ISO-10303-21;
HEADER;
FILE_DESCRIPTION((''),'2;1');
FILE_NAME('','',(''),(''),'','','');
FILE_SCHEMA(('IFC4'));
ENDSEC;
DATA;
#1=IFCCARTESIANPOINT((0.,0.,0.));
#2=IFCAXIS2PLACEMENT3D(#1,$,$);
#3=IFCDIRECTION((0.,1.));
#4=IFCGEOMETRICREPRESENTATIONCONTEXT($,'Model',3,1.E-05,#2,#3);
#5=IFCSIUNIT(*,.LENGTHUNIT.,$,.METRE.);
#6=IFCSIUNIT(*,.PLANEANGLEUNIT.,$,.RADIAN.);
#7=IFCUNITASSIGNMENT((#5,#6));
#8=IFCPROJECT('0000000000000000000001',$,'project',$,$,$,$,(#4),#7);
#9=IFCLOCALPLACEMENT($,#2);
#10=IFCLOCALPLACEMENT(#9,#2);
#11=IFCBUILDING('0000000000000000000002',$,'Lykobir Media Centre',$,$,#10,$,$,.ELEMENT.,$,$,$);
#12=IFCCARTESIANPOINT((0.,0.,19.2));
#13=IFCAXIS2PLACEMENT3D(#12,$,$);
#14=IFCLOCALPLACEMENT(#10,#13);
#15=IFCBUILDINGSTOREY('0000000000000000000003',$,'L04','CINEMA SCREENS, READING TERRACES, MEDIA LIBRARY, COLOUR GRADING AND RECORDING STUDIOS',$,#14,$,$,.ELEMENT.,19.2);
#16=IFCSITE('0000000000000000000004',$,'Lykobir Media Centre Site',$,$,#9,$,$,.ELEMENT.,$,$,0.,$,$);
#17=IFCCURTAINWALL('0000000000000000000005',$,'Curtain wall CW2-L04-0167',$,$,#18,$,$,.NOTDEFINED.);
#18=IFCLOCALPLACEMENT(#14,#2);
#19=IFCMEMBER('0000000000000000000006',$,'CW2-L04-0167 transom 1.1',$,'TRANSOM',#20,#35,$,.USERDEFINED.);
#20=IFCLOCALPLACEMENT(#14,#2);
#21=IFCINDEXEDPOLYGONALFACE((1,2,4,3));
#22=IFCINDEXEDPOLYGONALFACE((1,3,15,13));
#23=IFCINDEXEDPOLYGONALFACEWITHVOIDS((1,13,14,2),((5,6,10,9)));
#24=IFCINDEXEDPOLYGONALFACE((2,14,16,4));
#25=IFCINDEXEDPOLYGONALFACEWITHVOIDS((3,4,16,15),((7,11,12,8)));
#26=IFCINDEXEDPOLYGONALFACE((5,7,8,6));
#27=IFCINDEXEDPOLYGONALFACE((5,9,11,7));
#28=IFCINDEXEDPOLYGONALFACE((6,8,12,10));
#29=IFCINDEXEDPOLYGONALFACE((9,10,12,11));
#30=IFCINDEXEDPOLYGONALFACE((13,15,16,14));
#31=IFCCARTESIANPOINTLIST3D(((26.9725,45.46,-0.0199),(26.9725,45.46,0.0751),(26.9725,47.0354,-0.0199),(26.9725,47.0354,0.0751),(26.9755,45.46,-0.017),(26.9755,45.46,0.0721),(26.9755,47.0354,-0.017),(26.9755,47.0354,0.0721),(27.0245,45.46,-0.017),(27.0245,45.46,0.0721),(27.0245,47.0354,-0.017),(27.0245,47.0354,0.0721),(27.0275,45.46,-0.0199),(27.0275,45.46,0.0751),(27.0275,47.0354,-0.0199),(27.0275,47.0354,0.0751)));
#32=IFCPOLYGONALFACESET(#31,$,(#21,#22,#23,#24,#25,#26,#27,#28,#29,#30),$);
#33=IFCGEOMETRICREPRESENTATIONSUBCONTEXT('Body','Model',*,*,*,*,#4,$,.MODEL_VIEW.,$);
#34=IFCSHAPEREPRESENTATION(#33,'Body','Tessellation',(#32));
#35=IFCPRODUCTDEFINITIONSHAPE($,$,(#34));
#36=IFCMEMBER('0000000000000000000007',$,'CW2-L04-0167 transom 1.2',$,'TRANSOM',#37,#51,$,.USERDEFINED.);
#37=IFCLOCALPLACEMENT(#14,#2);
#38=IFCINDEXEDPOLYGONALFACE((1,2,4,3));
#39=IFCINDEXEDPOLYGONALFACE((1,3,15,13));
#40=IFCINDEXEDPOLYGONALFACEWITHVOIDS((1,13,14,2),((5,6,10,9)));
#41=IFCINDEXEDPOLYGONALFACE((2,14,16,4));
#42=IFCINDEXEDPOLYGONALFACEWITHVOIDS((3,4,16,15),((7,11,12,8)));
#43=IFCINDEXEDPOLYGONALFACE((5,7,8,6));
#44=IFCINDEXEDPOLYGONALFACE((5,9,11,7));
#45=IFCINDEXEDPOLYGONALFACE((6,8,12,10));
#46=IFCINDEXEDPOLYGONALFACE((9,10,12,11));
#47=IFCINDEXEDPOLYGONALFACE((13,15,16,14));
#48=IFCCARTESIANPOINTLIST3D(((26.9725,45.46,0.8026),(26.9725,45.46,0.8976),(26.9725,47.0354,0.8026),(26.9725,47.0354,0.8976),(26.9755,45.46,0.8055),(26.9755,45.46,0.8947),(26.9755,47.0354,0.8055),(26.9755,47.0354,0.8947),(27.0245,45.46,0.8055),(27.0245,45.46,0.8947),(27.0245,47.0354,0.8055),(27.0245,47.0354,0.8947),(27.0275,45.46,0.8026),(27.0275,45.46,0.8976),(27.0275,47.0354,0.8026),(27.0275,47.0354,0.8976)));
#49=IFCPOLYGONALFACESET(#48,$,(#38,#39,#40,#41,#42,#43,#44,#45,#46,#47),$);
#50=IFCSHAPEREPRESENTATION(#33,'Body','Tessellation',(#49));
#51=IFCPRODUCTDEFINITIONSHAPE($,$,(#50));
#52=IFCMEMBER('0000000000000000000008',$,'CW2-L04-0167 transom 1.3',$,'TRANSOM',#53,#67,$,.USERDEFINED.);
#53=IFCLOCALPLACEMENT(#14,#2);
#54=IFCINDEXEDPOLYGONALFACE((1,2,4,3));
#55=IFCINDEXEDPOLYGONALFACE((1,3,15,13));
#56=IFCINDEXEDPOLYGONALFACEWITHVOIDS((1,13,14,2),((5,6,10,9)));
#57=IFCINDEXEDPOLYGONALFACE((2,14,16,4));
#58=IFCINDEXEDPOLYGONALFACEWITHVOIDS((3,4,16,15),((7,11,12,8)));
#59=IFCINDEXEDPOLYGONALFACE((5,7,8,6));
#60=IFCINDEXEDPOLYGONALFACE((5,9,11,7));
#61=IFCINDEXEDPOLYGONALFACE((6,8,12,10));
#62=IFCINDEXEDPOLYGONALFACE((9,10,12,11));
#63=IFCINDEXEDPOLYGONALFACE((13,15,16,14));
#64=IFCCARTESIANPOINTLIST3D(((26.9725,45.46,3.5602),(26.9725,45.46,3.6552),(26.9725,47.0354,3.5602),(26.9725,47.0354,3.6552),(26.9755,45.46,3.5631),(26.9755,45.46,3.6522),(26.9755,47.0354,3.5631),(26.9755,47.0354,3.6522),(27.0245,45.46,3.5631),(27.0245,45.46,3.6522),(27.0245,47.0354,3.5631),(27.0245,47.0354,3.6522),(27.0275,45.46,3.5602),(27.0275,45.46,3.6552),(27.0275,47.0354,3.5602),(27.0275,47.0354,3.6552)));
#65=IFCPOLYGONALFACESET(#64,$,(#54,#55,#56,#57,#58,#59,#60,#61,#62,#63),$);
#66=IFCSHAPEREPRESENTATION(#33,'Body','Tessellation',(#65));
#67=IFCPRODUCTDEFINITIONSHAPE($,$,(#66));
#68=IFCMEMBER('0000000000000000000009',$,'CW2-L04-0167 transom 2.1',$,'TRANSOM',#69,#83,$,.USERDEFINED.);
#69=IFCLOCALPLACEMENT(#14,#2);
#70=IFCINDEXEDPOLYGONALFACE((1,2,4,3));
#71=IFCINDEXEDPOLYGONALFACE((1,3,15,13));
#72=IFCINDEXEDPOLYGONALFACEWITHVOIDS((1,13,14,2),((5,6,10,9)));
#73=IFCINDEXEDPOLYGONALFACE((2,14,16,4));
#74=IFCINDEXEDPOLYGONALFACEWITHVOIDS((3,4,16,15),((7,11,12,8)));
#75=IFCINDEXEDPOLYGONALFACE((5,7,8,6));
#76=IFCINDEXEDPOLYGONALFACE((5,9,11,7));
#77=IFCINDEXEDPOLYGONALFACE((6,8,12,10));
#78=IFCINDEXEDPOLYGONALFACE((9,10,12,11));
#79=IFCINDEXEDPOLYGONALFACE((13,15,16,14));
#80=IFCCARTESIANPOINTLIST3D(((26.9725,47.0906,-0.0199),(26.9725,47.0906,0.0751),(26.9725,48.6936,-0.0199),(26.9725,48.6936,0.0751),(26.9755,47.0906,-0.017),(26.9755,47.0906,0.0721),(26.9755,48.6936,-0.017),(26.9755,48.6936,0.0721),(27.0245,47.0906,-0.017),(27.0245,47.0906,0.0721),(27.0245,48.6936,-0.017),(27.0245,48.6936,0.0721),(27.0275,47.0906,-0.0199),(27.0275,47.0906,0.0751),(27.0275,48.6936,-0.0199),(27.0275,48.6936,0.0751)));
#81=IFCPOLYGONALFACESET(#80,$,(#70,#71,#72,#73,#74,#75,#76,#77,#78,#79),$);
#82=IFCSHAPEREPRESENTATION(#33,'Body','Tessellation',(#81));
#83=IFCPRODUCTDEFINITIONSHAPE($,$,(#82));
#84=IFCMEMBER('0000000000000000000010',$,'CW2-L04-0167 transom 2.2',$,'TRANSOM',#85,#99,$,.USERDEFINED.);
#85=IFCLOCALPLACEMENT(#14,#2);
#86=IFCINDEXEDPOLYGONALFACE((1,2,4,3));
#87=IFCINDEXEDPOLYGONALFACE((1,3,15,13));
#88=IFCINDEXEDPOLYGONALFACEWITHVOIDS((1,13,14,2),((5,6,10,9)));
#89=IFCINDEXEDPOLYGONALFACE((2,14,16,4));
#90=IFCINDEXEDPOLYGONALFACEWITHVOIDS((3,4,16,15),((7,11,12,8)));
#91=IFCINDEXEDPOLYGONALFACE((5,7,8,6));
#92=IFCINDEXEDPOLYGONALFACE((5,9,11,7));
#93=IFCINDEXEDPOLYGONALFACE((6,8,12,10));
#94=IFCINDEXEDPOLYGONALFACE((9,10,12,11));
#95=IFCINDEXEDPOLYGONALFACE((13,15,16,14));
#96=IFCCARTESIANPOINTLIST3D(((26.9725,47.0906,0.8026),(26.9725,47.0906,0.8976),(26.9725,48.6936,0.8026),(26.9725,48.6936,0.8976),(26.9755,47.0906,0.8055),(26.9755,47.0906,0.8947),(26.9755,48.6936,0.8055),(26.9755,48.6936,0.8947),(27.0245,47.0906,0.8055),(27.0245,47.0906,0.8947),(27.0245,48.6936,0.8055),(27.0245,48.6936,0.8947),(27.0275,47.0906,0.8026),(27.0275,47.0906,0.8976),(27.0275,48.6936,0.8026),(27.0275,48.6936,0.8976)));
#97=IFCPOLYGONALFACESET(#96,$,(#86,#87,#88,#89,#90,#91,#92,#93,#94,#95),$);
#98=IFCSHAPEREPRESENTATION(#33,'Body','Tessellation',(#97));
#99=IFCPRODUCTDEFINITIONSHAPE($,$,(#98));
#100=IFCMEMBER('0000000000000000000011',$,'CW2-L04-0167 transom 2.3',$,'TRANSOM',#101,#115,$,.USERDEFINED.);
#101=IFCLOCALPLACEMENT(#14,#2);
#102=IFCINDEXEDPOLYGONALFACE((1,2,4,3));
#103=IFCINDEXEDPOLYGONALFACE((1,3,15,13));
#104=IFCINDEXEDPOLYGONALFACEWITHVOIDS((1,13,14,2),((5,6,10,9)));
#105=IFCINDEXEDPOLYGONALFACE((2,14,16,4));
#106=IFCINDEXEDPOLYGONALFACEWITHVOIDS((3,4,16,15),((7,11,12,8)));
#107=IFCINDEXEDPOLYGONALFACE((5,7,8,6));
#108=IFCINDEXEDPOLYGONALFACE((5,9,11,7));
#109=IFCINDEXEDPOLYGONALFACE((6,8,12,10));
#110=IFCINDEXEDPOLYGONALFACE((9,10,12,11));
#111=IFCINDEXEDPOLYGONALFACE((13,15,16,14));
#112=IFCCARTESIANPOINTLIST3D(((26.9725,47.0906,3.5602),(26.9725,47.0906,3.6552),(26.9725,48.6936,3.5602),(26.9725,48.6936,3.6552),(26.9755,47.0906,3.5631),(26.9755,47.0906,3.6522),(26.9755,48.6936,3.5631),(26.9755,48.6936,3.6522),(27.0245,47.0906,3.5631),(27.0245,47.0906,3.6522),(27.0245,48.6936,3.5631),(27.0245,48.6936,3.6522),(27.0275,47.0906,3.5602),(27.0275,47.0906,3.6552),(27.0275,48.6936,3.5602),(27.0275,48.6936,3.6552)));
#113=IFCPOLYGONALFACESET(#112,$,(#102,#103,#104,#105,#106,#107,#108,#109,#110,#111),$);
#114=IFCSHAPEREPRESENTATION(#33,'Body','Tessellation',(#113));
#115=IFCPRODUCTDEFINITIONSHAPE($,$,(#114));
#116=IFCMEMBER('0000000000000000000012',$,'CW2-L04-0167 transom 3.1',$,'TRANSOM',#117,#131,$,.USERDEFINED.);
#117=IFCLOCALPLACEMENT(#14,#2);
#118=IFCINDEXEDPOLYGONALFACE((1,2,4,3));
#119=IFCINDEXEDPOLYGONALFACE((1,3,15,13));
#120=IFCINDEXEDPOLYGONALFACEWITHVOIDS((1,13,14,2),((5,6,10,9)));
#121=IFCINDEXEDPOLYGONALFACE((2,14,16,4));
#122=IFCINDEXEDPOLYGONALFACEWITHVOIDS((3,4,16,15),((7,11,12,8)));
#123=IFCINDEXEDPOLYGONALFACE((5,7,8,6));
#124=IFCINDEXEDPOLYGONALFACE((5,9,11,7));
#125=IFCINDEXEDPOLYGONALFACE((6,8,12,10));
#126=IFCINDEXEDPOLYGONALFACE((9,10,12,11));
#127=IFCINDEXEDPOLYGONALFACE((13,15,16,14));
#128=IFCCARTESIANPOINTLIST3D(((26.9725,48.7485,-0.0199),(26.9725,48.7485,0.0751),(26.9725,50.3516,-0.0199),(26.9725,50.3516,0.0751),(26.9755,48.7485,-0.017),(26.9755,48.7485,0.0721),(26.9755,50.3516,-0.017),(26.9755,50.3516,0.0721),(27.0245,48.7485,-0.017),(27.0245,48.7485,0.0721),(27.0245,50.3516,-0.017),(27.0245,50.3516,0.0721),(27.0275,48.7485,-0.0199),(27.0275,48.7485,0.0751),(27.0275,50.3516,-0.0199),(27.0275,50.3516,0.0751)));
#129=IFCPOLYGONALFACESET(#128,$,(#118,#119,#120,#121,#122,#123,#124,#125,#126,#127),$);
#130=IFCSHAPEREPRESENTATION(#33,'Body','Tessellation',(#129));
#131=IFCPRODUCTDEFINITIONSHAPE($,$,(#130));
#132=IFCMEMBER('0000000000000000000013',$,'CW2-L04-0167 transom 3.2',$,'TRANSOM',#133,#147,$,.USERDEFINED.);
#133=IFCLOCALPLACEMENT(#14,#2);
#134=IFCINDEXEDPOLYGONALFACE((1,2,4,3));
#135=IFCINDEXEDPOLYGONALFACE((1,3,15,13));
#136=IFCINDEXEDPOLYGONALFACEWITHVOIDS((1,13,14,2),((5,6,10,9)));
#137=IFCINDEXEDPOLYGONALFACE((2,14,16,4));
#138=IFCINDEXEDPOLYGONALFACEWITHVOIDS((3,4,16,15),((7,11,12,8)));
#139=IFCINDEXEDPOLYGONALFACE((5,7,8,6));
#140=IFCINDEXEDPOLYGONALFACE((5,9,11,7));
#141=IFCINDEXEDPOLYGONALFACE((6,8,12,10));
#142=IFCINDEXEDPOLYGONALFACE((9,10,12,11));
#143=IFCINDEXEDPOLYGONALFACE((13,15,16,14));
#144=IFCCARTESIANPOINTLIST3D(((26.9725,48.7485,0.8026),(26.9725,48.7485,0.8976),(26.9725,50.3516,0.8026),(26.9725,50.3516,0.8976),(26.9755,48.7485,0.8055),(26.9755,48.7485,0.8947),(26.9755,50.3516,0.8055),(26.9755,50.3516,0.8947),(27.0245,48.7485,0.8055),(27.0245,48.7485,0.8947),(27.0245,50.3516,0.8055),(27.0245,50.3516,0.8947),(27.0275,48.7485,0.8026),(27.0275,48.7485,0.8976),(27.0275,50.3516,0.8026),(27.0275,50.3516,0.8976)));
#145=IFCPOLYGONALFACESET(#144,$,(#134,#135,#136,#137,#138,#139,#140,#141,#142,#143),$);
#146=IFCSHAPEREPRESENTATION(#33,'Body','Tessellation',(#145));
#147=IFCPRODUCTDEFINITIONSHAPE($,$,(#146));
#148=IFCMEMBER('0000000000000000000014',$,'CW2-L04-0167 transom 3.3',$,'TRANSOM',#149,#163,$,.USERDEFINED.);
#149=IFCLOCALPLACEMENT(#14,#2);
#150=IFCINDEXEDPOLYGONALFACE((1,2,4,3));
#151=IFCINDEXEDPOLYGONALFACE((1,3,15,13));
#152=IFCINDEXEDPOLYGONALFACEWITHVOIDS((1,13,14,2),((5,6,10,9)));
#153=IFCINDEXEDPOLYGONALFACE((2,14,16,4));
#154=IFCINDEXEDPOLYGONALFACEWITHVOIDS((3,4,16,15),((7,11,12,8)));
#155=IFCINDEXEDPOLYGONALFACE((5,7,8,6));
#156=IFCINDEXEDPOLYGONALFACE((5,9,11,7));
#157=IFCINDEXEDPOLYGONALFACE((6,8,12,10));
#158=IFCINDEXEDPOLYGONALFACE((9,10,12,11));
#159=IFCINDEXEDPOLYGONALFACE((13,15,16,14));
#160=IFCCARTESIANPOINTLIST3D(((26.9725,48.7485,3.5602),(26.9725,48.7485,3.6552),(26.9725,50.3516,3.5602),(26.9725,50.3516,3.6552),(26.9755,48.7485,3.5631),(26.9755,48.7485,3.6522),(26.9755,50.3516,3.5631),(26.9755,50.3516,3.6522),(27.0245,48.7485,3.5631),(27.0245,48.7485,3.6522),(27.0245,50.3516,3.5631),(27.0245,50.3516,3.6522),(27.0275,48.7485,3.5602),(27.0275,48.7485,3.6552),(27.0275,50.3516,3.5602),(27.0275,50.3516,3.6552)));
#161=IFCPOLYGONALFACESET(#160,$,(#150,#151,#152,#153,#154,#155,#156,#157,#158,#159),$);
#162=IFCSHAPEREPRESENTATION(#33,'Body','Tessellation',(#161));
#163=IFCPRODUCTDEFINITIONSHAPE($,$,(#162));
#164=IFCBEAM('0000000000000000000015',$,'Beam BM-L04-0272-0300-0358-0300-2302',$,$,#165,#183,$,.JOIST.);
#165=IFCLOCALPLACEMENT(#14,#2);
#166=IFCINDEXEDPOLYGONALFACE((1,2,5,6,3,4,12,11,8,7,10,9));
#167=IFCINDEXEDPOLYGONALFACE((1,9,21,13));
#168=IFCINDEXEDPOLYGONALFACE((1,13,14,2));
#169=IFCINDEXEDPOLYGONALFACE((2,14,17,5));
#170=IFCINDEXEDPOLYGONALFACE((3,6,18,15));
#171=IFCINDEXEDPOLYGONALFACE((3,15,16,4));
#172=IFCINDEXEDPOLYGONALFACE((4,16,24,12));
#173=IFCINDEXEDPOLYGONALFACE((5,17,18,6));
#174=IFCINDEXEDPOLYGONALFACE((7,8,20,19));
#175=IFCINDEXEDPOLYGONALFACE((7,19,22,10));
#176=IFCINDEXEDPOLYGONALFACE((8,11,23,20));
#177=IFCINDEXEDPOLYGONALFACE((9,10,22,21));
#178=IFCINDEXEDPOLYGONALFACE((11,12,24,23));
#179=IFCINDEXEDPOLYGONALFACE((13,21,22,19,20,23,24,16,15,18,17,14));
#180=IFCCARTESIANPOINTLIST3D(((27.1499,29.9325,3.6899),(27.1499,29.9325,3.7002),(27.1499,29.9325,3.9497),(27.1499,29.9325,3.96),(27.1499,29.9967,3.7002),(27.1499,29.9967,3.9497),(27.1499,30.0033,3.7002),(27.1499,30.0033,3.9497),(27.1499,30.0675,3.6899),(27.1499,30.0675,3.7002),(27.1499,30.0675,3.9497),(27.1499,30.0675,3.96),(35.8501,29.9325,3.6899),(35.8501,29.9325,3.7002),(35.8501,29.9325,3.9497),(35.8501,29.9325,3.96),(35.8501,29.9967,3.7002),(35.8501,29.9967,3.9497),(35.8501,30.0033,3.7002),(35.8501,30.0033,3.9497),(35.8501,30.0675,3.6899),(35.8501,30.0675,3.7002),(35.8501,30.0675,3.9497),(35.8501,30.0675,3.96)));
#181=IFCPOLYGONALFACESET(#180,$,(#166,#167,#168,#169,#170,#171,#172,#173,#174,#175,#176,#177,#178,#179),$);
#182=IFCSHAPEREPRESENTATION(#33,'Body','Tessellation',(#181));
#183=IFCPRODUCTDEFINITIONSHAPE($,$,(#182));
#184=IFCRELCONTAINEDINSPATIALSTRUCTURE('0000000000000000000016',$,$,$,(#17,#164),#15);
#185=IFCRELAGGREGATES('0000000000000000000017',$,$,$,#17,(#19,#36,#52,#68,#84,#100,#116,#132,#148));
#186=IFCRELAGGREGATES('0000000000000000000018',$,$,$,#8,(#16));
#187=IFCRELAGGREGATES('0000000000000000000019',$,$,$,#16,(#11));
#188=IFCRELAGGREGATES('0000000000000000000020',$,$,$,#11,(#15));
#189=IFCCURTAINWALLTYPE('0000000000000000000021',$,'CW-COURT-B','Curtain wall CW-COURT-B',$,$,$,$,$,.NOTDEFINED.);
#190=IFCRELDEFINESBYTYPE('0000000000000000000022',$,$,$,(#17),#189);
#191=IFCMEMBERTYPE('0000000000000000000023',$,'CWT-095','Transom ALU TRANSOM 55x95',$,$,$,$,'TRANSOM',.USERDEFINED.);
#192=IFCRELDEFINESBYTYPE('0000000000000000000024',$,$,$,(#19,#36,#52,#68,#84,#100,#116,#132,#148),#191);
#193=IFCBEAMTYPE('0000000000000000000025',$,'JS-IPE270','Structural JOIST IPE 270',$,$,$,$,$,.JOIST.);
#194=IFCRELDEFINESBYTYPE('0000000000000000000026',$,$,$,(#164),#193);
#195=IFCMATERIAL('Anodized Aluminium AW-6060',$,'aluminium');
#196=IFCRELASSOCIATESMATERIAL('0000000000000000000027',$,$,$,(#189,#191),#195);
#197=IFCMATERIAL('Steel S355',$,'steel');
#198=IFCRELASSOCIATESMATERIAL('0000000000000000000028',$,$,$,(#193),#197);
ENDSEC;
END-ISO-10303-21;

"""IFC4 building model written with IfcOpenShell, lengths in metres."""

from ifc_helpers import new_model, si_unit, direction, frame, origin, origin_2d, place, context, subcontext, project, spatial, hollow_rectangle, i_section, extrude, material, material_profile, profile_set, type_object, element, aggregate, save


model = new_model("IFC4")

# Units and contexts
model_context = context("Model", 3, precision=1e-05, world=origin(), true_north=direction((0.0, 1.0)))
body_context = subcontext(model_context, "Body", "Model", "MODEL_VIEW")
ifc_project = project(units=[si_unit("LENGTHUNIT", "METRE"), si_unit("PLANEANGLEUNIT", "RADIAN")], contexts=[model_context])

# Site, building, storey
site_placement = place(None, origin())
site = spatial("IfcSite", under=ifc_project, at=site_placement, Name="Lykobir Media Centre Site", CompositionType="ELEMENT", RefElevation=0.0)
building_placement = place(site_placement, origin())
building = spatial("IfcBuilding", under=site, at=building_placement, Name="Lykobir Media Centre", CompositionType="ELEMENT")
storey_placement = place(building_placement, frame((0.0, 0.0, 19.2)))
storey = spatial("IfcBuildingStorey", under=building, at=storey_placement, Name="L04", Description="CINEMA SCREENS, READING TERRACES, MEDIA LIBRARY, COLOUR GRADING AND RECORDING STUDIOS", CompositionType="ELEMENT", Elevation=19.2)

# Shared definitions
ifc_material_1 = material(Name="Steel S355", Category="steel")

# Shared definitions
ifc_material_2 = material(Name="Anodized Aluminium AW-6060", Category="aluminium")
curtain_wall_type = type_object("IfcCurtainWallType", Name="CW-COURT-B", Description="Curtain wall CW-COURT-B", PredefinedType="NOTDEFINED", material=ifc_material_2)

# Curtain wall, members
curtain_wall_1_placement = place(storey_placement, origin())
curtain_wall_1 = element("IfcCurtainWall", 1, at=curtain_wall_1_placement, inside=storey, type_object=curtain_wall_type, Name="Curtain wall CW2-L04-0167", PredefinedType="NOTDEFINED")
ifc_material_profile_1 = material_profile(ifc_material_2, hollow_rectangle(XDim=0.0549, YDim=0.095, WallThickness=0.0029, at=origin_2d()), Name="ALU TRANSOM 55x95")
ifc_profile_set_1 = profile_set([ifc_material_profile_1], Name="Anodized Aluminium AW-6060")
member_type_1 = type_object("IfcMemberType", Name="CWT-095", Description="Transom ALU TRANSOM 55x95", ElementType="TRANSOM", PredefinedType="USERDEFINED", material=ifc_profile_set_1)
member_1_placement = place(storey_placement, frame((27.0, 45.46, 0.0276), z_axis=(0.0, 1.0, 0.0), x_axis=(-1.0, 0.0, 0.0)))
member_1 = element("IfcMember", 2, at=member_1_placement, type_object=member_type_1, Name="CW2-L04-0167 transom 1.1", ObjectType="TRANSOM", PredefinedType="USERDEFINED", context=body_context, shape_type="SweptSolid", body=[
    extrude(hollow_rectangle(XDim=0.0549, YDim=0.095, WallThickness=0.0029, at=origin_2d()), origin(), (0.0, 0.0, 1.0), 1.5754),
])
member_2_placement = place(storey_placement, frame((27.0, 45.46, 0.8501), z_axis=(0.0, 1.0, 0.0), x_axis=(-1.0, 0.0, 0.0)))
member_2 = element("IfcMember", 3, at=member_2_placement, type_object=member_type_1, Name="CW2-L04-0167 transom 1.2", ObjectType="TRANSOM", PredefinedType="USERDEFINED", context=body_context, shape_type="SweptSolid", body=[
    extrude(hollow_rectangle(XDim=0.0549, YDim=0.095, WallThickness=0.0029, at=origin_2d()), origin(), (0.0, 0.0, 1.0), 1.5754),
])
member_3_placement = place(storey_placement, frame((27.0, 45.46, 3.6077), z_axis=(0.0, 1.0, 0.0), x_axis=(-1.0, 0.0, 0.0)))
member_3 = element("IfcMember", 4, at=member_3_placement, type_object=member_type_1, Name="CW2-L04-0167 transom 1.3", ObjectType="TRANSOM", PredefinedType="USERDEFINED", context=body_context, shape_type="SweptSolid", body=[
    extrude(hollow_rectangle(XDim=0.0549, YDim=0.095, WallThickness=0.0029, at=origin_2d()), origin(), (0.0, 0.0, 1.0), 1.5754),
])
member_4_placement = place(storey_placement, frame((27.0, 47.0906, 0.0276), z_axis=(0.0, 1.0, 0.0), x_axis=(-1.0, 0.0, 0.0)))
member_4 = element("IfcMember", 5, at=member_4_placement, type_object=member_type_1, Name="CW2-L04-0167 transom 2.1", ObjectType="TRANSOM", PredefinedType="USERDEFINED", context=body_context, shape_type="SweptSolid", body=[
    extrude(hollow_rectangle(XDim=0.0549, YDim=0.095, WallThickness=0.0029, at=origin_2d()), origin(), (0.0, 0.0, 1.0), 1.603),
])
member_5_placement = place(storey_placement, frame((27.0, 47.0906, 0.8501), z_axis=(0.0, 1.0, 0.0), x_axis=(-1.0, 0.0, 0.0)))
member_5 = element("IfcMember", 6, at=member_5_placement, type_object=member_type_1, Name="CW2-L04-0167 transom 2.2", ObjectType="TRANSOM", PredefinedType="USERDEFINED", context=body_context, shape_type="SweptSolid", body=[
    extrude(hollow_rectangle(XDim=0.0549, YDim=0.095, WallThickness=0.0029, at=origin_2d()), origin(), (0.0, 0.0, 1.0), 1.603),
])
member_6_placement = place(storey_placement, frame((27.0, 47.0906, 3.6077), z_axis=(0.0, 1.0, 0.0), x_axis=(-1.0, 0.0, 0.0)))
member_6 = element("IfcMember", 7, at=member_6_placement, type_object=member_type_1, Name="CW2-L04-0167 transom 2.3", ObjectType="TRANSOM", PredefinedType="USERDEFINED", context=body_context, shape_type="SweptSolid", body=[
    extrude(hollow_rectangle(XDim=0.0549, YDim=0.095, WallThickness=0.0029, at=origin_2d()), origin(), (0.0, 0.0, 1.0), 1.603),
])
member_7_placement = place(storey_placement, frame((27.0, 48.7485, 0.0276), z_axis=(0.0, 1.0, 0.0), x_axis=(-1.0, 0.0, 0.0)))
member_7 = element("IfcMember", 8, at=member_7_placement, type_object=member_type_1, Name="CW2-L04-0167 transom 3.1", ObjectType="TRANSOM", PredefinedType="USERDEFINED", context=body_context, shape_type="SweptSolid", body=[
    extrude(hollow_rectangle(XDim=0.0549, YDim=0.095, WallThickness=0.0029, at=origin_2d()), origin(), (0.0, 0.0, 1.0), 1.603),
])
member_8_placement = place(storey_placement, frame((27.0, 48.7485, 0.8501), z_axis=(0.0, 1.0, 0.0), x_axis=(-1.0, 0.0, 0.0)))
member_8 = element("IfcMember", 9, at=member_8_placement, type_object=member_type_1, Name="CW2-L04-0167 transom 3.2", ObjectType="TRANSOM", PredefinedType="USERDEFINED", context=body_context, shape_type="SweptSolid", body=[
    extrude(hollow_rectangle(XDim=0.0549, YDim=0.095, WallThickness=0.0029, at=origin_2d()), origin(), (0.0, 0.0, 1.0), 1.603),
])
member_9_placement = place(storey_placement, frame((27.0, 48.7485, 3.6077), z_axis=(0.0, 1.0, 0.0), x_axis=(-1.0, 0.0, 0.0)))
member_9 = element("IfcMember", 10, at=member_9_placement, type_object=member_type_1, Name="CW2-L04-0167 transom 3.3", ObjectType="TRANSOM", PredefinedType="USERDEFINED", context=body_context, shape_type="SweptSolid", body=[
    extrude(hollow_rectangle(XDim=0.0549, YDim=0.095, WallThickness=0.0029, at=origin_2d()), origin(), (0.0, 0.0, 1.0), 1.603),
])

# Beam
ifc_material_profile_2 = material_profile(ifc_material_1, i_section(OverallWidth=0.135, OverallDepth=0.27, WebThickness=0.0066, FlangeThickness=0.0103, at=origin_2d()), Name="IPE 270")
ifc_profile_set_2 = profile_set([ifc_material_profile_2], Name="Steel S355")
beam_type_1 = type_object("IfcBeamType", Name="JS-IPE270", Description="Structural JOIST IPE 270", PredefinedType="JOIST", material=ifc_profile_set_2)
for number, where, z_axis, x_axis, name in (
    (11, (27.1499, 30.0, 3.825), (1.0, 0.0, 0.0), (0.0, 1.0, 0.0), "Beam BM-L04-0272-0300-0358-0300-2302"),
):
    element("IfcBeam", number, at=place(storey_placement, frame(where, z_axis=z_axis, x_axis=x_axis)), inside=storey, type_object=beam_type_1, Name=name, PredefinedType="JOIST", context=body_context, shape_type="SweptSolid", body=[
        extrude(i_section(OverallWidth=0.135, OverallDepth=0.27, WebThickness=0.0066, FlangeThickness=0.0103, at=origin_2d()), origin(), (0.0, 0.0, 1.0), 8.7002),
    ])

aggregate(curtain_wall_1, [member_1, member_2, member_3, member_4, member_5, member_6, member_7, member_8, member_9])

save(model, "model.ifc")
